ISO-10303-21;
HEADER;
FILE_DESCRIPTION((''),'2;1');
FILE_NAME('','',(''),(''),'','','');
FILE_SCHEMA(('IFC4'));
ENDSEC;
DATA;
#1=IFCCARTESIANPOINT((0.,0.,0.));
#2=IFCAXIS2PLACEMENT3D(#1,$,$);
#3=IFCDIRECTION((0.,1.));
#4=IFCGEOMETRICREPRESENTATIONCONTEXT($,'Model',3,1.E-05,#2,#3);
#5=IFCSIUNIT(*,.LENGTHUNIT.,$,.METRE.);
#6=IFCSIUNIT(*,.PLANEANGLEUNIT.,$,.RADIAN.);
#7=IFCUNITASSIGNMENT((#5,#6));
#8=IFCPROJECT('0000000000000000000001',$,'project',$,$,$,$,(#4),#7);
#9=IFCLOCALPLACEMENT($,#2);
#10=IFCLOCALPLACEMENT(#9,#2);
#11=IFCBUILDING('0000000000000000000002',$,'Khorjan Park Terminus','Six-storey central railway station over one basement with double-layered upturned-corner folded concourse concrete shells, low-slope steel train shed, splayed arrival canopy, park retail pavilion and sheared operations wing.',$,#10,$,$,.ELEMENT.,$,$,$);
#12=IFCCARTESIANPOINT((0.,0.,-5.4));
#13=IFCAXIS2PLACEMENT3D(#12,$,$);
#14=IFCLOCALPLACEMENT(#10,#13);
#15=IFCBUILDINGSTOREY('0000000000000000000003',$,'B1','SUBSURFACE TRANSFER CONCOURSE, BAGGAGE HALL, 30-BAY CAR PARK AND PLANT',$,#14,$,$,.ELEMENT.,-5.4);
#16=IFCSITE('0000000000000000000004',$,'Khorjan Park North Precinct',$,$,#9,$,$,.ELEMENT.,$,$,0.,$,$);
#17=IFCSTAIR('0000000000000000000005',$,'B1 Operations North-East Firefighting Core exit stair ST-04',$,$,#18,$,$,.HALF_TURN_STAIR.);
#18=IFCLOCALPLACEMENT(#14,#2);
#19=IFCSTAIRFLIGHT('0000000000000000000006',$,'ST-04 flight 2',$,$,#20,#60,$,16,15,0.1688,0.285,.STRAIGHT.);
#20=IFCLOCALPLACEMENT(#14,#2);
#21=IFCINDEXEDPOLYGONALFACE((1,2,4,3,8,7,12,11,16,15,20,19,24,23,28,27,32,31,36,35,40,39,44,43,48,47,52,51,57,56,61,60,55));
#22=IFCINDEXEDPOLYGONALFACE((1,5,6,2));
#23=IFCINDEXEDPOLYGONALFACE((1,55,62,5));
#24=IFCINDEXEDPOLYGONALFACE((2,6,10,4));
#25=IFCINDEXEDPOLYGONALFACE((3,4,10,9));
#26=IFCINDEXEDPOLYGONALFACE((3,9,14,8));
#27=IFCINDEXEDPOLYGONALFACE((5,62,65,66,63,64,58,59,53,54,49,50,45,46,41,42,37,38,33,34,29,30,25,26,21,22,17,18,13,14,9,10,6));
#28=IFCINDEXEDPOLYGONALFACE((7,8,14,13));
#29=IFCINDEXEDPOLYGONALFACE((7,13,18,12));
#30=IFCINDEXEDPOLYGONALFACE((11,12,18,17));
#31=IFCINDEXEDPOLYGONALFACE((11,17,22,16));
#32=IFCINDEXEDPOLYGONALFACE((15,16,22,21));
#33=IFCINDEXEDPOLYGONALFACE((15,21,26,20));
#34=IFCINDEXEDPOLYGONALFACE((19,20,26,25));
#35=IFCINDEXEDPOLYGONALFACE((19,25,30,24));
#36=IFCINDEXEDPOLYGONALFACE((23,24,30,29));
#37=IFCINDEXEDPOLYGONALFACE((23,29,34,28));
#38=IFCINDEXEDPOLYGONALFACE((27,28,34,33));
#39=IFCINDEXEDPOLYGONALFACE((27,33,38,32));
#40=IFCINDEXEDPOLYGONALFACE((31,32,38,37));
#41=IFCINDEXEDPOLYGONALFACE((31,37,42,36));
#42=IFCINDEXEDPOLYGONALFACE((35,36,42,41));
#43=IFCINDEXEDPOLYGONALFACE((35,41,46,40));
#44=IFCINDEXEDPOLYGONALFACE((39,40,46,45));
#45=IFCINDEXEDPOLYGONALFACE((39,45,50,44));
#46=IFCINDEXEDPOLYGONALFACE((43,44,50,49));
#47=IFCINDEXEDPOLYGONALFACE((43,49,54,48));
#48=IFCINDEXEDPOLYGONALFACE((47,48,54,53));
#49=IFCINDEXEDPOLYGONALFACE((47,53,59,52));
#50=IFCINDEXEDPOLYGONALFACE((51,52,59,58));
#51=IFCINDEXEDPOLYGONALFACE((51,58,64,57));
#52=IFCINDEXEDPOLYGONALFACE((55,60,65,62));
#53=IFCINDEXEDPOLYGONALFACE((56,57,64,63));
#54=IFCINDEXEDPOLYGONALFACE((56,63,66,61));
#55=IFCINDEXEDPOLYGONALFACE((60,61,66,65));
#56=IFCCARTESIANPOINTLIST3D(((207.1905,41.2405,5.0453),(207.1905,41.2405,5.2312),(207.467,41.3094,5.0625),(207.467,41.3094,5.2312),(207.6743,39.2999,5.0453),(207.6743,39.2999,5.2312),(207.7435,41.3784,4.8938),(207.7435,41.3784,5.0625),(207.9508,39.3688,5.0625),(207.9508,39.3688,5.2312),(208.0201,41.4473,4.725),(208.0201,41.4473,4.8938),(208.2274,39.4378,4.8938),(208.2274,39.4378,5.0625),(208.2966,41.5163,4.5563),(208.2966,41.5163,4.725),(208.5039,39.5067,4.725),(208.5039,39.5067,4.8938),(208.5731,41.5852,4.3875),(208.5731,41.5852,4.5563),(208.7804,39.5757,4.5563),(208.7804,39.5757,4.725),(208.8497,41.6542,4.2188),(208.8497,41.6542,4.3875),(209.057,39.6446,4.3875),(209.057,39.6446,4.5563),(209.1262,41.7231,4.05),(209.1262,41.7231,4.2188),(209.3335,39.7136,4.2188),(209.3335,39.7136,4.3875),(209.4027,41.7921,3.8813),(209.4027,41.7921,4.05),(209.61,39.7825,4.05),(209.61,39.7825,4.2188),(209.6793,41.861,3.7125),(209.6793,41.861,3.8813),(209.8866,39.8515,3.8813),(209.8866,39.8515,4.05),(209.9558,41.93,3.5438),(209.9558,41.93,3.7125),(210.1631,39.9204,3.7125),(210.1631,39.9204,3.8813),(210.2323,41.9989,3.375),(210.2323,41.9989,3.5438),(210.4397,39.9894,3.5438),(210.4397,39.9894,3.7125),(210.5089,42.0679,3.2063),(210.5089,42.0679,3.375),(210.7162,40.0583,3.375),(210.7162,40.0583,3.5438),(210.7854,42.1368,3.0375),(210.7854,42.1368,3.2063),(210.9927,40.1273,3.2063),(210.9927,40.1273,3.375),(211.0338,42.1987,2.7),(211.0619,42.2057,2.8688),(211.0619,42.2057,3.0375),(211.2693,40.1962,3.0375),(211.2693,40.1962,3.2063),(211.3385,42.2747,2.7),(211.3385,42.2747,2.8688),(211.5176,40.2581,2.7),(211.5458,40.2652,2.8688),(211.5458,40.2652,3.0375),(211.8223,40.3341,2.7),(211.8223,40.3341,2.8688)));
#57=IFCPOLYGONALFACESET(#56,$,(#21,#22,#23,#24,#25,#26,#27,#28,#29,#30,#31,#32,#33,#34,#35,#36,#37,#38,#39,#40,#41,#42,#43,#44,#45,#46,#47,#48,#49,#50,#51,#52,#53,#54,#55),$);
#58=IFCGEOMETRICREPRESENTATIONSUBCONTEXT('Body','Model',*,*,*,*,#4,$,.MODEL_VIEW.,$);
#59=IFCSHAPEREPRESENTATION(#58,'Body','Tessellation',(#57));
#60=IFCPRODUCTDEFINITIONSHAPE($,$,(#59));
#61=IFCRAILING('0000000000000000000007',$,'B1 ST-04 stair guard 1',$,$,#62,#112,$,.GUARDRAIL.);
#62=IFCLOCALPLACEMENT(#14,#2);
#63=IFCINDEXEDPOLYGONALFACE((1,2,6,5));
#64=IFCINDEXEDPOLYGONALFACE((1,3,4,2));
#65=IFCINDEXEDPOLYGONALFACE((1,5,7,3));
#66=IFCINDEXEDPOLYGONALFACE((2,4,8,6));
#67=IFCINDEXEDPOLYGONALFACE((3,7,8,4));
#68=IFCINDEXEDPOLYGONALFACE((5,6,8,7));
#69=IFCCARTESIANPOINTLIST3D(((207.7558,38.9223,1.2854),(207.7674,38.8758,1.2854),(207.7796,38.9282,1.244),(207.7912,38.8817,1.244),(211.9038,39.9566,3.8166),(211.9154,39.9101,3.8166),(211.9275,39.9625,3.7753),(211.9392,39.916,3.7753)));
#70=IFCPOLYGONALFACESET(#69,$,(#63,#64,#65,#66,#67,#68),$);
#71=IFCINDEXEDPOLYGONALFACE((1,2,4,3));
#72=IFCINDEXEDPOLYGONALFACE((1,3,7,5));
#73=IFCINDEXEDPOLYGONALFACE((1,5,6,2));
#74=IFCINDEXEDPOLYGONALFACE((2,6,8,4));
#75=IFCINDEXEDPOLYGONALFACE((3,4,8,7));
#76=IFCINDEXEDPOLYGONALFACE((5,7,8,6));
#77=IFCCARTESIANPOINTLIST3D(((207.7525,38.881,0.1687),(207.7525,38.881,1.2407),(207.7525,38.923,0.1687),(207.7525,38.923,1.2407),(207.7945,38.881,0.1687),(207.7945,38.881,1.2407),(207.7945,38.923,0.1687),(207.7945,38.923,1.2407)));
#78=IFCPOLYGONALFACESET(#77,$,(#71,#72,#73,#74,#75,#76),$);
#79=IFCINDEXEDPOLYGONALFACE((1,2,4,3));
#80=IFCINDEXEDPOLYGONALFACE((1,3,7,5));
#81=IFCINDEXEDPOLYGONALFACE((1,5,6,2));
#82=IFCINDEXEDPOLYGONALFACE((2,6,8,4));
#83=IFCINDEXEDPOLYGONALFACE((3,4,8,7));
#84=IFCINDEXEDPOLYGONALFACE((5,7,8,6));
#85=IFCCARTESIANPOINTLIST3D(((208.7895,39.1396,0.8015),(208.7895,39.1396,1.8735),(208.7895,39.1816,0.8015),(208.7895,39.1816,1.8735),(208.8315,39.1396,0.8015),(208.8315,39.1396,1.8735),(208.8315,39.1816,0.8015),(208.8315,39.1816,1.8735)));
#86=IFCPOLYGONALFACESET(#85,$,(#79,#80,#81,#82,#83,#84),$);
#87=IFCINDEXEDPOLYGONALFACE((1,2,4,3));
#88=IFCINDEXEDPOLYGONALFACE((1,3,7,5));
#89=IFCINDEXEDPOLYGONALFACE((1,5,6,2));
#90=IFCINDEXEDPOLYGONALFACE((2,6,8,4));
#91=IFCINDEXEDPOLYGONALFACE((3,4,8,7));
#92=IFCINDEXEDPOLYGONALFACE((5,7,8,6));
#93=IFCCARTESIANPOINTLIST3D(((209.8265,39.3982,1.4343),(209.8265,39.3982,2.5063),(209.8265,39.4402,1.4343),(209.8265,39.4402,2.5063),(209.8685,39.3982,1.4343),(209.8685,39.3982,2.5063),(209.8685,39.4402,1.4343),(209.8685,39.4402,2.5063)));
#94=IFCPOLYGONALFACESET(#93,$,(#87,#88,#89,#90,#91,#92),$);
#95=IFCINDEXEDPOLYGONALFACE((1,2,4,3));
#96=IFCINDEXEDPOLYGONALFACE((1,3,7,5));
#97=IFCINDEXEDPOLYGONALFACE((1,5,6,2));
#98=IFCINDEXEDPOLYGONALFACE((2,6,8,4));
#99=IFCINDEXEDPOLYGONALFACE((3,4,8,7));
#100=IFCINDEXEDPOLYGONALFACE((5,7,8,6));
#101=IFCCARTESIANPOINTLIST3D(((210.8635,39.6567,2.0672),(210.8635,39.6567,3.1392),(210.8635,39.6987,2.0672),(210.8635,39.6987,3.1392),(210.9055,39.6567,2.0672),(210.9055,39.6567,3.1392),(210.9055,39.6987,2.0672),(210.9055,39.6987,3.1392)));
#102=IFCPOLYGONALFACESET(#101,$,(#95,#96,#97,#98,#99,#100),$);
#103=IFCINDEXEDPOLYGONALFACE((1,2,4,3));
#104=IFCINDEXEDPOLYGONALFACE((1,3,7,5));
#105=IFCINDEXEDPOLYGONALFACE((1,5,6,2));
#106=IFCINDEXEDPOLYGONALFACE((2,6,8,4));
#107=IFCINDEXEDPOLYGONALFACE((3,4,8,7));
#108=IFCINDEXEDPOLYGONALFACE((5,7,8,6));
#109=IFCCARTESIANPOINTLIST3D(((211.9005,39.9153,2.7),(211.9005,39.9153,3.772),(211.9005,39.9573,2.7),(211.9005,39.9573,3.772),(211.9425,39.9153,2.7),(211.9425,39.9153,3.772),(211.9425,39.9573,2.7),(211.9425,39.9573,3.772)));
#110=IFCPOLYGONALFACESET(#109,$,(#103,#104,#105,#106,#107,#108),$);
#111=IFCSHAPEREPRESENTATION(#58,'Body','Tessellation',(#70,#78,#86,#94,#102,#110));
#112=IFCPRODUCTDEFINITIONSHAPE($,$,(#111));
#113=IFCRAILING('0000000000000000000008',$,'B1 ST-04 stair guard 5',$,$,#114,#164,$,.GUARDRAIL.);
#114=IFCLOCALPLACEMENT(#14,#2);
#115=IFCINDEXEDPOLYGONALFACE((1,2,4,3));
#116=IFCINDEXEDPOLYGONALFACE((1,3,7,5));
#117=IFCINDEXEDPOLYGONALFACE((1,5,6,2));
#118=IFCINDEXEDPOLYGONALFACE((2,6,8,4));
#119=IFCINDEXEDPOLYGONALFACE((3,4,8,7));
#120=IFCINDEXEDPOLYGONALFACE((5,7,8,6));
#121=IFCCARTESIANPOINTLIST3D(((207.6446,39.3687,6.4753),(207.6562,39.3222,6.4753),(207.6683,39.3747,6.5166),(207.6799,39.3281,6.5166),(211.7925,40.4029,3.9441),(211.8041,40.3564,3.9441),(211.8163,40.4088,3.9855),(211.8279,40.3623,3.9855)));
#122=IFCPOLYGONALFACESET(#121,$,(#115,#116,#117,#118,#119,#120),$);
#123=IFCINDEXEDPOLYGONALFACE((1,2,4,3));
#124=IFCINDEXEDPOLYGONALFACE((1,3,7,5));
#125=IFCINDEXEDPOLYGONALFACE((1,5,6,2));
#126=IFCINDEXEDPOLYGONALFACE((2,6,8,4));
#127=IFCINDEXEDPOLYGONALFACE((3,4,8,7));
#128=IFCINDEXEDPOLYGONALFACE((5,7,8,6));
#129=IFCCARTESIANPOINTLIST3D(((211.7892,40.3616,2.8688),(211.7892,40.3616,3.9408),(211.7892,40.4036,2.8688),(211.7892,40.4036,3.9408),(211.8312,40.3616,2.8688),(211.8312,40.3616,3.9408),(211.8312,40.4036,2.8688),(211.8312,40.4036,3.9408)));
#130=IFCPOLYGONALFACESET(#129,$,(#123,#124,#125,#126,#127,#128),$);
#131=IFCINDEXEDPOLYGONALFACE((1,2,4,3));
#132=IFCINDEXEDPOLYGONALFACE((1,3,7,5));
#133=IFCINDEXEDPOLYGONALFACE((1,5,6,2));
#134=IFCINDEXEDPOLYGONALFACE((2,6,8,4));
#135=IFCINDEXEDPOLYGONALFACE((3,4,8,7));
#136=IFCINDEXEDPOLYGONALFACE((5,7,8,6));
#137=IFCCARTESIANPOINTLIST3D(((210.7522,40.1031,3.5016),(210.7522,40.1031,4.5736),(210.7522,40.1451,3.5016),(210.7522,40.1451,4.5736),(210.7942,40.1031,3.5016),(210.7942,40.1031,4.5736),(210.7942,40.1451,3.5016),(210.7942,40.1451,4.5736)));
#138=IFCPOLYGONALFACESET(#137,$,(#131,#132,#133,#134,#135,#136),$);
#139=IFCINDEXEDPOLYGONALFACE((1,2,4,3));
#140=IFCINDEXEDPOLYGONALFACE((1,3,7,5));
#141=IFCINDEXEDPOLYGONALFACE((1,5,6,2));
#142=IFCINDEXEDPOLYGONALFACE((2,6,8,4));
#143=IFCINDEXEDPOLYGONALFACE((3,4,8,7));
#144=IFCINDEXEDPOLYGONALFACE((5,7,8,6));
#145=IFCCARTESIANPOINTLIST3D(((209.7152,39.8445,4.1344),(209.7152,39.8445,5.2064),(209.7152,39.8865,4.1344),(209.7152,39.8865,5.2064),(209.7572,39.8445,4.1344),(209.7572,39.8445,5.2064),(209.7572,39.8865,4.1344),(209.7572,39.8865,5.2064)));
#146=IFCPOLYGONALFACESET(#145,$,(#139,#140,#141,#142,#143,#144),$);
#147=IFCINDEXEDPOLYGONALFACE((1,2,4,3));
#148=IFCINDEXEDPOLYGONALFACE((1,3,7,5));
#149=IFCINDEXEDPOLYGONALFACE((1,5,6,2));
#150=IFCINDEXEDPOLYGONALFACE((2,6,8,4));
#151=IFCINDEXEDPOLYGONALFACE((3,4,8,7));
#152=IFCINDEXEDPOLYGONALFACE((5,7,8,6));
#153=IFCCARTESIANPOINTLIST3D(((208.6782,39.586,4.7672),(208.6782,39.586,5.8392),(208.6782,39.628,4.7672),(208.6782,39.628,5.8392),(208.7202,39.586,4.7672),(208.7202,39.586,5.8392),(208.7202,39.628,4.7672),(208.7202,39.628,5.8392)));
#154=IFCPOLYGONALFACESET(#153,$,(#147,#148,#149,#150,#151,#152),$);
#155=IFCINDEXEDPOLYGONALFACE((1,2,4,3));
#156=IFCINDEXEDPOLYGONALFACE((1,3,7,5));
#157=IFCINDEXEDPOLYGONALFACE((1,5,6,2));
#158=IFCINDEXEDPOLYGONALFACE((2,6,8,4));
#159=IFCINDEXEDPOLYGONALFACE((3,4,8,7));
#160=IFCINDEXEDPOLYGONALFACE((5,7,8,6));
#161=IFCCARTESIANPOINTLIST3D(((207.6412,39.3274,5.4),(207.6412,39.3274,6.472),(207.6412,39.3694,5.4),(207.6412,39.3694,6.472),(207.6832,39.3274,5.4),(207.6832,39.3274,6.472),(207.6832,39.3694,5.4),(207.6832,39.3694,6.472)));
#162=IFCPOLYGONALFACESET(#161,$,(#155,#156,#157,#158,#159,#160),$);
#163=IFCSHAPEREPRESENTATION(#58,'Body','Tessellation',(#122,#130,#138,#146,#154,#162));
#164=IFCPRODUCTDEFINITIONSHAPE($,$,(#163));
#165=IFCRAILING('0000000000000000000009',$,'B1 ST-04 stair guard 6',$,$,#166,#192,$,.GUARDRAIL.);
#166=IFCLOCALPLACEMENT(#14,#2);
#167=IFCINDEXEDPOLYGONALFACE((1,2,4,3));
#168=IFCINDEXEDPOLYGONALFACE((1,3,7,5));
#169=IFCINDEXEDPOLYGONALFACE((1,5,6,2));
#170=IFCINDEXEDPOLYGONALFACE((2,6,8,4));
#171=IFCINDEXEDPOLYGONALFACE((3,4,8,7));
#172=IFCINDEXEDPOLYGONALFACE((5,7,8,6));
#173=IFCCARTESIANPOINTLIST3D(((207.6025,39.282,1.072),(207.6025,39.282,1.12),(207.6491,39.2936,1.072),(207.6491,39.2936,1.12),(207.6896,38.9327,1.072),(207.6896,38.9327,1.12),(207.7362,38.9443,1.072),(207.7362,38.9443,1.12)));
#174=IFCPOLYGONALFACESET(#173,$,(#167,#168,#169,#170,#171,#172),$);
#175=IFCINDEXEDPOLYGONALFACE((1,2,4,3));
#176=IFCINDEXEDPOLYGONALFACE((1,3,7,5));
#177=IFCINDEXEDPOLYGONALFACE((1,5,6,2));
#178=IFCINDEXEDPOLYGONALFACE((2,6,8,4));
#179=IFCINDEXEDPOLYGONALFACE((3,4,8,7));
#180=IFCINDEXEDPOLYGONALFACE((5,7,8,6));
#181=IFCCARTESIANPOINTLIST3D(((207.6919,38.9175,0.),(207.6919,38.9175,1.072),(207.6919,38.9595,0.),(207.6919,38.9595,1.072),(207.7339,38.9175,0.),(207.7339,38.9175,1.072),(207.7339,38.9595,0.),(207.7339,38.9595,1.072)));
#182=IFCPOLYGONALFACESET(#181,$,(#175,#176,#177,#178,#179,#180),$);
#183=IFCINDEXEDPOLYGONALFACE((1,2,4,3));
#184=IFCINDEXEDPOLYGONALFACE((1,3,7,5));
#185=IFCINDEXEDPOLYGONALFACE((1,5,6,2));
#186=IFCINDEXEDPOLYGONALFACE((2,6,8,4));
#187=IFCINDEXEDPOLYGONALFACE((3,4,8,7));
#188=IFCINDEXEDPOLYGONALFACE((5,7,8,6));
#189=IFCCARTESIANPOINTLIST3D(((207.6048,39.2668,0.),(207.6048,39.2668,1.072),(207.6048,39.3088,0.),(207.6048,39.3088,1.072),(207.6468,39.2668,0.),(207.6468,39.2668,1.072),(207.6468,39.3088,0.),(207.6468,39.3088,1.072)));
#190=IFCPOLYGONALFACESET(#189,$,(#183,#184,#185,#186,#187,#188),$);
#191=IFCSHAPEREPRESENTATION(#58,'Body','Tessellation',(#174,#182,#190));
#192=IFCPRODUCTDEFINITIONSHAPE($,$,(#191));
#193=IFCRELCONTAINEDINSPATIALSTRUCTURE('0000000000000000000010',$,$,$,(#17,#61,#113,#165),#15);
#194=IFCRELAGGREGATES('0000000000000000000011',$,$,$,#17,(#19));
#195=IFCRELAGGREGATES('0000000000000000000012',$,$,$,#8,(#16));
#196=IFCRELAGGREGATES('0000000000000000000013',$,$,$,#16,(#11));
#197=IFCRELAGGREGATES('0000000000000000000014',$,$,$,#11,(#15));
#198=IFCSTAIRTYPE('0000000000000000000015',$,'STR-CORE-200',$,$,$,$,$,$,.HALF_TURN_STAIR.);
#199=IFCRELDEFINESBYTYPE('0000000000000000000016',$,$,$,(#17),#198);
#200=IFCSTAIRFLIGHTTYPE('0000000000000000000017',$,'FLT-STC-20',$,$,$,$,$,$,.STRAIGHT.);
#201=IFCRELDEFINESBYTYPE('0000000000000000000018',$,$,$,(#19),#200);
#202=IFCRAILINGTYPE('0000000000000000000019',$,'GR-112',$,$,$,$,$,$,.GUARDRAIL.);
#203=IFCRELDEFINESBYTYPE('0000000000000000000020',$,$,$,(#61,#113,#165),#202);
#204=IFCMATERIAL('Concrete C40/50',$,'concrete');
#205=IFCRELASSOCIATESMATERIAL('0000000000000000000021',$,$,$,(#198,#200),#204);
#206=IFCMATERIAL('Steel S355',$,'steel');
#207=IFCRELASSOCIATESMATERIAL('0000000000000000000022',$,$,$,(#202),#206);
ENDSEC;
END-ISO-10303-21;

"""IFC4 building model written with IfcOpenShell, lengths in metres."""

from ifc_helpers import new_model, si_unit, direction, frame, origin, origin_2d, place, context, subcontext, project, spatial, polyline, rectangle, outline, extrude, material, type_object, element, aggregate, save


model = new_model("IFC4")

# Units and contexts
model_context = context("Model", 3, precision=1e-05, world=origin(), true_north=direction((0.0, 1.0)))
body_context = subcontext(model_context, "Body", "Model", "MODEL_VIEW")
ifc_project = project(units=[si_unit("LENGTHUNIT", "METRE"), si_unit("PLANEANGLEUNIT", "RADIAN")], contexts=[model_context])

# Site, building, storey
site_placement = place(None, origin())
site = spatial("IfcSite", under=ifc_project, at=site_placement, Name="Khorjan Park North Precinct", CompositionType="ELEMENT", RefElevation=0.0)
building_placement = place(site_placement, origin())
building = spatial("IfcBuilding", under=site, at=building_placement, Name="Khorjan Park Terminus", Description="Six-storey central railway station over one basement with double-layered upturned-corner folded concourse concrete shells, low-slope steel train shed, splayed arrival canopy, park retail pavilion and sheared operations wing.", CompositionType="ELEMENT")
storey_placement = place(building_placement, frame((0.0, 0.0, -5.4)))
storey = spatial("IfcBuildingStorey", under=building, at=storey_placement, Name="B1", Description="SUBSURFACE TRANSFER CONCOURSE, BAGGAGE HALL, 30-BAY CAR PARK AND PLANT", CompositionType="ELEMENT", Elevation=-5.4)

# Shared definitions
ifc_material_1 = material(Name="Concrete C40/50", Category="concrete")

# Stair, stair flight
stair_type = type_object("IfcStairType", Name="STR-CORE-200", PredefinedType="HALF_TURN_STAIR", material=ifc_material_1)
stair_placement = place(storey_placement, origin())
stair = element("IfcStair", 1, at=stair_placement, inside=storey, type_object=stair_type, Name="B1 Operations North-East Firefighting Core exit stair ST-04", PredefinedType="HALF_TURN_STAIR")
stair_flight_type = type_object("IfcStairFlightType", Name="FLT-STC-20", PredefinedType="STRAIGHT", material=ifc_material_1)
stair_flight_1_placement = place(storey_placement, frame((211.5804, 41.3044, 2.7), z_axis=(0.0, 0.0, 1.0), x_axis=(-0.970296, -0.241922, 0.0)))
stair_flight_1 = element("IfcStairFlight", 2, at=stair_flight_1_placement, type_object=stair_flight_type, Name="ST-04 flight 2", NumberOfRisers=16, NumberOfTreads=15, PredefinedType="STRAIGHT", RiserHeight=0.1688, TreadLength=0.285, context=body_context, shape_type="SweptSolid", body=[
    extrude(outline(polyline([(0.0, 0.0), (0.0, 0.1688), (0.285, 0.1688), (0.285, 0.3375), (0.57, 0.3375), (0.57, 0.5063), (0.855, 0.5063), (0.855, 0.675), (1.14, 0.675), (1.14, 0.8438), (1.425, 0.8438), (1.425, 1.0125), (1.71, 1.0125), (1.71, 1.1813), (1.995, 1.1813), (1.995, 1.35), (2.28, 1.35), (2.28, 1.5188), (2.565, 1.5188), (2.565, 1.6875), (2.85, 1.6875), (2.85, 1.8563), (3.135, 1.8563), (3.135, 2.025), (3.42, 2.025), (3.42, 2.1938), (3.705, 2.1938), (3.705, 2.3625), (3.99, 2.3625), (3.99, 2.5312), (4.275, 2.5312), (4.275, 2.7), (4.275, 2.3453), (0.314, 0.0), (0.0, 0.0)])), frame((0.0, 1.0, 0.0), z_axis=(0.0, -1.0, 0.0), x_axis=(1.0, 0.0, 0.0)), (0.0, 0.0, 1.0), 2.0),
])
aggregate(stair, [stair_flight_1])

# Railings
ifc_material_2 = material(Name="Steel S355", Category="steel")
railing_type_1 = type_object("IfcRailingType", Name="GR-112", PredefinedType="GUARDRAIL", material=ifc_material_2)
railing_1_placement = place(storey_placement, frame((207.7735, 38.902, 0.1687)))
element("IfcRailing", 3, at=railing_1_placement, inside=storey, type_object=railing_type_1, Name="B1 ST-04 stair guard 1", PredefinedType="GUARDRAIL", context=body_context, shape_type="SweptSolid", body=[
    extrude(rectangle(XDim=0.048, YDim=0.048, at=origin_2d()), frame((0.0, 0.0, 1.096), z_axis=(0.834908, 0.208183, 0.509499), x_axis=(-0.241941, 0.970291, 0.0)), (0.0, 0.0, 1.0), 4.9682),
    extrude(rectangle(XDim=0.042, YDim=0.042, at=origin_2d()), origin(), (0.0, 0.0, 1.0), 1.072),
    extrude(rectangle(XDim=0.042, YDim=0.042, at=origin_2d()), frame((1.037, 0.2586, 0.6328)), (0.0, 0.0, 1.0), 1.072),
    extrude(rectangle(XDim=0.042, YDim=0.042, at=origin_2d()), frame((2.074, 0.5172, 1.2656)), (0.0, 0.0, 1.0), 1.072),
    extrude(rectangle(XDim=0.042, YDim=0.042, at=origin_2d()), frame((3.111, 0.7757, 1.8985)), (0.0, 0.0, 1.0), 1.072),
    extrude(rectangle(XDim=0.042, YDim=0.042, at=origin_2d()), frame((4.148, 1.0343, 2.5313)), (0.0, 0.0, 1.0), 1.072),
])
railing_2_placement = place(storey_placement, frame((211.8102, 40.3826, 2.8688)))
element("IfcRailing", 4, at=railing_2_placement, inside=storey, type_object=railing_type_1, Name="B1 ST-04 stair guard 5", PredefinedType="GUARDRAIL", context=body_context, shape_type="SweptSolid", body=[
    extrude(rectangle(XDim=0.048, YDim=0.048, at=origin_2d()), frame((0.0, 0.0, 1.096), z_axis=(-0.83492, -0.208166, 0.509486), x_axis=(0.241919, -0.970296, 0.0)), (0.0, 0.0, 1.0), 4.9681),
    extrude(rectangle(XDim=0.042, YDim=0.042, at=origin_2d()), origin(), (0.0, 0.0, 1.0), 1.072),
    extrude(rectangle(XDim=0.042, YDim=0.042, at=origin_2d()), frame((-1.037, -0.2585, 0.6328)), (0.0, 0.0, 1.0), 1.072),
    extrude(rectangle(XDim=0.042, YDim=0.042, at=origin_2d()), frame((-2.074, -0.5171, 1.2656)), (0.0, 0.0, 1.0), 1.072),
    extrude(rectangle(XDim=0.042, YDim=0.042, at=origin_2d()), frame((-3.111, -0.7756, 1.8984)), (0.0, 0.0, 1.0), 1.072),
    extrude(rectangle(XDim=0.042, YDim=0.042, at=origin_2d()), frame((-4.148, -1.0342, 2.5312)), (0.0, 0.0, 1.0), 1.072),
])
railing_3_placement = place(storey_placement, frame((207.7129, 38.9385, 0.0)))
element("IfcRailing", 5, at=railing_3_placement, inside=storey, type_object=railing_type_1, Name="B1 ST-04 stair guard 6", PredefinedType="GUARDRAIL", context=body_context, shape_type="SweptSolid", body=[
    extrude(rectangle(XDim=0.048, YDim=0.048, at=origin_2d()), frame((0.0, 0.0, 1.096), z_axis=(-0.241947, 0.970289, 0.0), x_axis=(-0.970289, -0.241947, 0.0)), (0.0, 0.0, 1.0), 0.36),
    extrude(rectangle(XDim=0.042, YDim=0.042, at=origin_2d()), origin(), (0.0, 0.0, 1.0), 1.072),
    extrude(rectangle(XDim=0.042, YDim=0.042, at=origin_2d()), frame((-0.0871, 0.3493, 0.0)), (0.0, 0.0, 1.0), 1.072),
])

save(model, "model.ifc")
